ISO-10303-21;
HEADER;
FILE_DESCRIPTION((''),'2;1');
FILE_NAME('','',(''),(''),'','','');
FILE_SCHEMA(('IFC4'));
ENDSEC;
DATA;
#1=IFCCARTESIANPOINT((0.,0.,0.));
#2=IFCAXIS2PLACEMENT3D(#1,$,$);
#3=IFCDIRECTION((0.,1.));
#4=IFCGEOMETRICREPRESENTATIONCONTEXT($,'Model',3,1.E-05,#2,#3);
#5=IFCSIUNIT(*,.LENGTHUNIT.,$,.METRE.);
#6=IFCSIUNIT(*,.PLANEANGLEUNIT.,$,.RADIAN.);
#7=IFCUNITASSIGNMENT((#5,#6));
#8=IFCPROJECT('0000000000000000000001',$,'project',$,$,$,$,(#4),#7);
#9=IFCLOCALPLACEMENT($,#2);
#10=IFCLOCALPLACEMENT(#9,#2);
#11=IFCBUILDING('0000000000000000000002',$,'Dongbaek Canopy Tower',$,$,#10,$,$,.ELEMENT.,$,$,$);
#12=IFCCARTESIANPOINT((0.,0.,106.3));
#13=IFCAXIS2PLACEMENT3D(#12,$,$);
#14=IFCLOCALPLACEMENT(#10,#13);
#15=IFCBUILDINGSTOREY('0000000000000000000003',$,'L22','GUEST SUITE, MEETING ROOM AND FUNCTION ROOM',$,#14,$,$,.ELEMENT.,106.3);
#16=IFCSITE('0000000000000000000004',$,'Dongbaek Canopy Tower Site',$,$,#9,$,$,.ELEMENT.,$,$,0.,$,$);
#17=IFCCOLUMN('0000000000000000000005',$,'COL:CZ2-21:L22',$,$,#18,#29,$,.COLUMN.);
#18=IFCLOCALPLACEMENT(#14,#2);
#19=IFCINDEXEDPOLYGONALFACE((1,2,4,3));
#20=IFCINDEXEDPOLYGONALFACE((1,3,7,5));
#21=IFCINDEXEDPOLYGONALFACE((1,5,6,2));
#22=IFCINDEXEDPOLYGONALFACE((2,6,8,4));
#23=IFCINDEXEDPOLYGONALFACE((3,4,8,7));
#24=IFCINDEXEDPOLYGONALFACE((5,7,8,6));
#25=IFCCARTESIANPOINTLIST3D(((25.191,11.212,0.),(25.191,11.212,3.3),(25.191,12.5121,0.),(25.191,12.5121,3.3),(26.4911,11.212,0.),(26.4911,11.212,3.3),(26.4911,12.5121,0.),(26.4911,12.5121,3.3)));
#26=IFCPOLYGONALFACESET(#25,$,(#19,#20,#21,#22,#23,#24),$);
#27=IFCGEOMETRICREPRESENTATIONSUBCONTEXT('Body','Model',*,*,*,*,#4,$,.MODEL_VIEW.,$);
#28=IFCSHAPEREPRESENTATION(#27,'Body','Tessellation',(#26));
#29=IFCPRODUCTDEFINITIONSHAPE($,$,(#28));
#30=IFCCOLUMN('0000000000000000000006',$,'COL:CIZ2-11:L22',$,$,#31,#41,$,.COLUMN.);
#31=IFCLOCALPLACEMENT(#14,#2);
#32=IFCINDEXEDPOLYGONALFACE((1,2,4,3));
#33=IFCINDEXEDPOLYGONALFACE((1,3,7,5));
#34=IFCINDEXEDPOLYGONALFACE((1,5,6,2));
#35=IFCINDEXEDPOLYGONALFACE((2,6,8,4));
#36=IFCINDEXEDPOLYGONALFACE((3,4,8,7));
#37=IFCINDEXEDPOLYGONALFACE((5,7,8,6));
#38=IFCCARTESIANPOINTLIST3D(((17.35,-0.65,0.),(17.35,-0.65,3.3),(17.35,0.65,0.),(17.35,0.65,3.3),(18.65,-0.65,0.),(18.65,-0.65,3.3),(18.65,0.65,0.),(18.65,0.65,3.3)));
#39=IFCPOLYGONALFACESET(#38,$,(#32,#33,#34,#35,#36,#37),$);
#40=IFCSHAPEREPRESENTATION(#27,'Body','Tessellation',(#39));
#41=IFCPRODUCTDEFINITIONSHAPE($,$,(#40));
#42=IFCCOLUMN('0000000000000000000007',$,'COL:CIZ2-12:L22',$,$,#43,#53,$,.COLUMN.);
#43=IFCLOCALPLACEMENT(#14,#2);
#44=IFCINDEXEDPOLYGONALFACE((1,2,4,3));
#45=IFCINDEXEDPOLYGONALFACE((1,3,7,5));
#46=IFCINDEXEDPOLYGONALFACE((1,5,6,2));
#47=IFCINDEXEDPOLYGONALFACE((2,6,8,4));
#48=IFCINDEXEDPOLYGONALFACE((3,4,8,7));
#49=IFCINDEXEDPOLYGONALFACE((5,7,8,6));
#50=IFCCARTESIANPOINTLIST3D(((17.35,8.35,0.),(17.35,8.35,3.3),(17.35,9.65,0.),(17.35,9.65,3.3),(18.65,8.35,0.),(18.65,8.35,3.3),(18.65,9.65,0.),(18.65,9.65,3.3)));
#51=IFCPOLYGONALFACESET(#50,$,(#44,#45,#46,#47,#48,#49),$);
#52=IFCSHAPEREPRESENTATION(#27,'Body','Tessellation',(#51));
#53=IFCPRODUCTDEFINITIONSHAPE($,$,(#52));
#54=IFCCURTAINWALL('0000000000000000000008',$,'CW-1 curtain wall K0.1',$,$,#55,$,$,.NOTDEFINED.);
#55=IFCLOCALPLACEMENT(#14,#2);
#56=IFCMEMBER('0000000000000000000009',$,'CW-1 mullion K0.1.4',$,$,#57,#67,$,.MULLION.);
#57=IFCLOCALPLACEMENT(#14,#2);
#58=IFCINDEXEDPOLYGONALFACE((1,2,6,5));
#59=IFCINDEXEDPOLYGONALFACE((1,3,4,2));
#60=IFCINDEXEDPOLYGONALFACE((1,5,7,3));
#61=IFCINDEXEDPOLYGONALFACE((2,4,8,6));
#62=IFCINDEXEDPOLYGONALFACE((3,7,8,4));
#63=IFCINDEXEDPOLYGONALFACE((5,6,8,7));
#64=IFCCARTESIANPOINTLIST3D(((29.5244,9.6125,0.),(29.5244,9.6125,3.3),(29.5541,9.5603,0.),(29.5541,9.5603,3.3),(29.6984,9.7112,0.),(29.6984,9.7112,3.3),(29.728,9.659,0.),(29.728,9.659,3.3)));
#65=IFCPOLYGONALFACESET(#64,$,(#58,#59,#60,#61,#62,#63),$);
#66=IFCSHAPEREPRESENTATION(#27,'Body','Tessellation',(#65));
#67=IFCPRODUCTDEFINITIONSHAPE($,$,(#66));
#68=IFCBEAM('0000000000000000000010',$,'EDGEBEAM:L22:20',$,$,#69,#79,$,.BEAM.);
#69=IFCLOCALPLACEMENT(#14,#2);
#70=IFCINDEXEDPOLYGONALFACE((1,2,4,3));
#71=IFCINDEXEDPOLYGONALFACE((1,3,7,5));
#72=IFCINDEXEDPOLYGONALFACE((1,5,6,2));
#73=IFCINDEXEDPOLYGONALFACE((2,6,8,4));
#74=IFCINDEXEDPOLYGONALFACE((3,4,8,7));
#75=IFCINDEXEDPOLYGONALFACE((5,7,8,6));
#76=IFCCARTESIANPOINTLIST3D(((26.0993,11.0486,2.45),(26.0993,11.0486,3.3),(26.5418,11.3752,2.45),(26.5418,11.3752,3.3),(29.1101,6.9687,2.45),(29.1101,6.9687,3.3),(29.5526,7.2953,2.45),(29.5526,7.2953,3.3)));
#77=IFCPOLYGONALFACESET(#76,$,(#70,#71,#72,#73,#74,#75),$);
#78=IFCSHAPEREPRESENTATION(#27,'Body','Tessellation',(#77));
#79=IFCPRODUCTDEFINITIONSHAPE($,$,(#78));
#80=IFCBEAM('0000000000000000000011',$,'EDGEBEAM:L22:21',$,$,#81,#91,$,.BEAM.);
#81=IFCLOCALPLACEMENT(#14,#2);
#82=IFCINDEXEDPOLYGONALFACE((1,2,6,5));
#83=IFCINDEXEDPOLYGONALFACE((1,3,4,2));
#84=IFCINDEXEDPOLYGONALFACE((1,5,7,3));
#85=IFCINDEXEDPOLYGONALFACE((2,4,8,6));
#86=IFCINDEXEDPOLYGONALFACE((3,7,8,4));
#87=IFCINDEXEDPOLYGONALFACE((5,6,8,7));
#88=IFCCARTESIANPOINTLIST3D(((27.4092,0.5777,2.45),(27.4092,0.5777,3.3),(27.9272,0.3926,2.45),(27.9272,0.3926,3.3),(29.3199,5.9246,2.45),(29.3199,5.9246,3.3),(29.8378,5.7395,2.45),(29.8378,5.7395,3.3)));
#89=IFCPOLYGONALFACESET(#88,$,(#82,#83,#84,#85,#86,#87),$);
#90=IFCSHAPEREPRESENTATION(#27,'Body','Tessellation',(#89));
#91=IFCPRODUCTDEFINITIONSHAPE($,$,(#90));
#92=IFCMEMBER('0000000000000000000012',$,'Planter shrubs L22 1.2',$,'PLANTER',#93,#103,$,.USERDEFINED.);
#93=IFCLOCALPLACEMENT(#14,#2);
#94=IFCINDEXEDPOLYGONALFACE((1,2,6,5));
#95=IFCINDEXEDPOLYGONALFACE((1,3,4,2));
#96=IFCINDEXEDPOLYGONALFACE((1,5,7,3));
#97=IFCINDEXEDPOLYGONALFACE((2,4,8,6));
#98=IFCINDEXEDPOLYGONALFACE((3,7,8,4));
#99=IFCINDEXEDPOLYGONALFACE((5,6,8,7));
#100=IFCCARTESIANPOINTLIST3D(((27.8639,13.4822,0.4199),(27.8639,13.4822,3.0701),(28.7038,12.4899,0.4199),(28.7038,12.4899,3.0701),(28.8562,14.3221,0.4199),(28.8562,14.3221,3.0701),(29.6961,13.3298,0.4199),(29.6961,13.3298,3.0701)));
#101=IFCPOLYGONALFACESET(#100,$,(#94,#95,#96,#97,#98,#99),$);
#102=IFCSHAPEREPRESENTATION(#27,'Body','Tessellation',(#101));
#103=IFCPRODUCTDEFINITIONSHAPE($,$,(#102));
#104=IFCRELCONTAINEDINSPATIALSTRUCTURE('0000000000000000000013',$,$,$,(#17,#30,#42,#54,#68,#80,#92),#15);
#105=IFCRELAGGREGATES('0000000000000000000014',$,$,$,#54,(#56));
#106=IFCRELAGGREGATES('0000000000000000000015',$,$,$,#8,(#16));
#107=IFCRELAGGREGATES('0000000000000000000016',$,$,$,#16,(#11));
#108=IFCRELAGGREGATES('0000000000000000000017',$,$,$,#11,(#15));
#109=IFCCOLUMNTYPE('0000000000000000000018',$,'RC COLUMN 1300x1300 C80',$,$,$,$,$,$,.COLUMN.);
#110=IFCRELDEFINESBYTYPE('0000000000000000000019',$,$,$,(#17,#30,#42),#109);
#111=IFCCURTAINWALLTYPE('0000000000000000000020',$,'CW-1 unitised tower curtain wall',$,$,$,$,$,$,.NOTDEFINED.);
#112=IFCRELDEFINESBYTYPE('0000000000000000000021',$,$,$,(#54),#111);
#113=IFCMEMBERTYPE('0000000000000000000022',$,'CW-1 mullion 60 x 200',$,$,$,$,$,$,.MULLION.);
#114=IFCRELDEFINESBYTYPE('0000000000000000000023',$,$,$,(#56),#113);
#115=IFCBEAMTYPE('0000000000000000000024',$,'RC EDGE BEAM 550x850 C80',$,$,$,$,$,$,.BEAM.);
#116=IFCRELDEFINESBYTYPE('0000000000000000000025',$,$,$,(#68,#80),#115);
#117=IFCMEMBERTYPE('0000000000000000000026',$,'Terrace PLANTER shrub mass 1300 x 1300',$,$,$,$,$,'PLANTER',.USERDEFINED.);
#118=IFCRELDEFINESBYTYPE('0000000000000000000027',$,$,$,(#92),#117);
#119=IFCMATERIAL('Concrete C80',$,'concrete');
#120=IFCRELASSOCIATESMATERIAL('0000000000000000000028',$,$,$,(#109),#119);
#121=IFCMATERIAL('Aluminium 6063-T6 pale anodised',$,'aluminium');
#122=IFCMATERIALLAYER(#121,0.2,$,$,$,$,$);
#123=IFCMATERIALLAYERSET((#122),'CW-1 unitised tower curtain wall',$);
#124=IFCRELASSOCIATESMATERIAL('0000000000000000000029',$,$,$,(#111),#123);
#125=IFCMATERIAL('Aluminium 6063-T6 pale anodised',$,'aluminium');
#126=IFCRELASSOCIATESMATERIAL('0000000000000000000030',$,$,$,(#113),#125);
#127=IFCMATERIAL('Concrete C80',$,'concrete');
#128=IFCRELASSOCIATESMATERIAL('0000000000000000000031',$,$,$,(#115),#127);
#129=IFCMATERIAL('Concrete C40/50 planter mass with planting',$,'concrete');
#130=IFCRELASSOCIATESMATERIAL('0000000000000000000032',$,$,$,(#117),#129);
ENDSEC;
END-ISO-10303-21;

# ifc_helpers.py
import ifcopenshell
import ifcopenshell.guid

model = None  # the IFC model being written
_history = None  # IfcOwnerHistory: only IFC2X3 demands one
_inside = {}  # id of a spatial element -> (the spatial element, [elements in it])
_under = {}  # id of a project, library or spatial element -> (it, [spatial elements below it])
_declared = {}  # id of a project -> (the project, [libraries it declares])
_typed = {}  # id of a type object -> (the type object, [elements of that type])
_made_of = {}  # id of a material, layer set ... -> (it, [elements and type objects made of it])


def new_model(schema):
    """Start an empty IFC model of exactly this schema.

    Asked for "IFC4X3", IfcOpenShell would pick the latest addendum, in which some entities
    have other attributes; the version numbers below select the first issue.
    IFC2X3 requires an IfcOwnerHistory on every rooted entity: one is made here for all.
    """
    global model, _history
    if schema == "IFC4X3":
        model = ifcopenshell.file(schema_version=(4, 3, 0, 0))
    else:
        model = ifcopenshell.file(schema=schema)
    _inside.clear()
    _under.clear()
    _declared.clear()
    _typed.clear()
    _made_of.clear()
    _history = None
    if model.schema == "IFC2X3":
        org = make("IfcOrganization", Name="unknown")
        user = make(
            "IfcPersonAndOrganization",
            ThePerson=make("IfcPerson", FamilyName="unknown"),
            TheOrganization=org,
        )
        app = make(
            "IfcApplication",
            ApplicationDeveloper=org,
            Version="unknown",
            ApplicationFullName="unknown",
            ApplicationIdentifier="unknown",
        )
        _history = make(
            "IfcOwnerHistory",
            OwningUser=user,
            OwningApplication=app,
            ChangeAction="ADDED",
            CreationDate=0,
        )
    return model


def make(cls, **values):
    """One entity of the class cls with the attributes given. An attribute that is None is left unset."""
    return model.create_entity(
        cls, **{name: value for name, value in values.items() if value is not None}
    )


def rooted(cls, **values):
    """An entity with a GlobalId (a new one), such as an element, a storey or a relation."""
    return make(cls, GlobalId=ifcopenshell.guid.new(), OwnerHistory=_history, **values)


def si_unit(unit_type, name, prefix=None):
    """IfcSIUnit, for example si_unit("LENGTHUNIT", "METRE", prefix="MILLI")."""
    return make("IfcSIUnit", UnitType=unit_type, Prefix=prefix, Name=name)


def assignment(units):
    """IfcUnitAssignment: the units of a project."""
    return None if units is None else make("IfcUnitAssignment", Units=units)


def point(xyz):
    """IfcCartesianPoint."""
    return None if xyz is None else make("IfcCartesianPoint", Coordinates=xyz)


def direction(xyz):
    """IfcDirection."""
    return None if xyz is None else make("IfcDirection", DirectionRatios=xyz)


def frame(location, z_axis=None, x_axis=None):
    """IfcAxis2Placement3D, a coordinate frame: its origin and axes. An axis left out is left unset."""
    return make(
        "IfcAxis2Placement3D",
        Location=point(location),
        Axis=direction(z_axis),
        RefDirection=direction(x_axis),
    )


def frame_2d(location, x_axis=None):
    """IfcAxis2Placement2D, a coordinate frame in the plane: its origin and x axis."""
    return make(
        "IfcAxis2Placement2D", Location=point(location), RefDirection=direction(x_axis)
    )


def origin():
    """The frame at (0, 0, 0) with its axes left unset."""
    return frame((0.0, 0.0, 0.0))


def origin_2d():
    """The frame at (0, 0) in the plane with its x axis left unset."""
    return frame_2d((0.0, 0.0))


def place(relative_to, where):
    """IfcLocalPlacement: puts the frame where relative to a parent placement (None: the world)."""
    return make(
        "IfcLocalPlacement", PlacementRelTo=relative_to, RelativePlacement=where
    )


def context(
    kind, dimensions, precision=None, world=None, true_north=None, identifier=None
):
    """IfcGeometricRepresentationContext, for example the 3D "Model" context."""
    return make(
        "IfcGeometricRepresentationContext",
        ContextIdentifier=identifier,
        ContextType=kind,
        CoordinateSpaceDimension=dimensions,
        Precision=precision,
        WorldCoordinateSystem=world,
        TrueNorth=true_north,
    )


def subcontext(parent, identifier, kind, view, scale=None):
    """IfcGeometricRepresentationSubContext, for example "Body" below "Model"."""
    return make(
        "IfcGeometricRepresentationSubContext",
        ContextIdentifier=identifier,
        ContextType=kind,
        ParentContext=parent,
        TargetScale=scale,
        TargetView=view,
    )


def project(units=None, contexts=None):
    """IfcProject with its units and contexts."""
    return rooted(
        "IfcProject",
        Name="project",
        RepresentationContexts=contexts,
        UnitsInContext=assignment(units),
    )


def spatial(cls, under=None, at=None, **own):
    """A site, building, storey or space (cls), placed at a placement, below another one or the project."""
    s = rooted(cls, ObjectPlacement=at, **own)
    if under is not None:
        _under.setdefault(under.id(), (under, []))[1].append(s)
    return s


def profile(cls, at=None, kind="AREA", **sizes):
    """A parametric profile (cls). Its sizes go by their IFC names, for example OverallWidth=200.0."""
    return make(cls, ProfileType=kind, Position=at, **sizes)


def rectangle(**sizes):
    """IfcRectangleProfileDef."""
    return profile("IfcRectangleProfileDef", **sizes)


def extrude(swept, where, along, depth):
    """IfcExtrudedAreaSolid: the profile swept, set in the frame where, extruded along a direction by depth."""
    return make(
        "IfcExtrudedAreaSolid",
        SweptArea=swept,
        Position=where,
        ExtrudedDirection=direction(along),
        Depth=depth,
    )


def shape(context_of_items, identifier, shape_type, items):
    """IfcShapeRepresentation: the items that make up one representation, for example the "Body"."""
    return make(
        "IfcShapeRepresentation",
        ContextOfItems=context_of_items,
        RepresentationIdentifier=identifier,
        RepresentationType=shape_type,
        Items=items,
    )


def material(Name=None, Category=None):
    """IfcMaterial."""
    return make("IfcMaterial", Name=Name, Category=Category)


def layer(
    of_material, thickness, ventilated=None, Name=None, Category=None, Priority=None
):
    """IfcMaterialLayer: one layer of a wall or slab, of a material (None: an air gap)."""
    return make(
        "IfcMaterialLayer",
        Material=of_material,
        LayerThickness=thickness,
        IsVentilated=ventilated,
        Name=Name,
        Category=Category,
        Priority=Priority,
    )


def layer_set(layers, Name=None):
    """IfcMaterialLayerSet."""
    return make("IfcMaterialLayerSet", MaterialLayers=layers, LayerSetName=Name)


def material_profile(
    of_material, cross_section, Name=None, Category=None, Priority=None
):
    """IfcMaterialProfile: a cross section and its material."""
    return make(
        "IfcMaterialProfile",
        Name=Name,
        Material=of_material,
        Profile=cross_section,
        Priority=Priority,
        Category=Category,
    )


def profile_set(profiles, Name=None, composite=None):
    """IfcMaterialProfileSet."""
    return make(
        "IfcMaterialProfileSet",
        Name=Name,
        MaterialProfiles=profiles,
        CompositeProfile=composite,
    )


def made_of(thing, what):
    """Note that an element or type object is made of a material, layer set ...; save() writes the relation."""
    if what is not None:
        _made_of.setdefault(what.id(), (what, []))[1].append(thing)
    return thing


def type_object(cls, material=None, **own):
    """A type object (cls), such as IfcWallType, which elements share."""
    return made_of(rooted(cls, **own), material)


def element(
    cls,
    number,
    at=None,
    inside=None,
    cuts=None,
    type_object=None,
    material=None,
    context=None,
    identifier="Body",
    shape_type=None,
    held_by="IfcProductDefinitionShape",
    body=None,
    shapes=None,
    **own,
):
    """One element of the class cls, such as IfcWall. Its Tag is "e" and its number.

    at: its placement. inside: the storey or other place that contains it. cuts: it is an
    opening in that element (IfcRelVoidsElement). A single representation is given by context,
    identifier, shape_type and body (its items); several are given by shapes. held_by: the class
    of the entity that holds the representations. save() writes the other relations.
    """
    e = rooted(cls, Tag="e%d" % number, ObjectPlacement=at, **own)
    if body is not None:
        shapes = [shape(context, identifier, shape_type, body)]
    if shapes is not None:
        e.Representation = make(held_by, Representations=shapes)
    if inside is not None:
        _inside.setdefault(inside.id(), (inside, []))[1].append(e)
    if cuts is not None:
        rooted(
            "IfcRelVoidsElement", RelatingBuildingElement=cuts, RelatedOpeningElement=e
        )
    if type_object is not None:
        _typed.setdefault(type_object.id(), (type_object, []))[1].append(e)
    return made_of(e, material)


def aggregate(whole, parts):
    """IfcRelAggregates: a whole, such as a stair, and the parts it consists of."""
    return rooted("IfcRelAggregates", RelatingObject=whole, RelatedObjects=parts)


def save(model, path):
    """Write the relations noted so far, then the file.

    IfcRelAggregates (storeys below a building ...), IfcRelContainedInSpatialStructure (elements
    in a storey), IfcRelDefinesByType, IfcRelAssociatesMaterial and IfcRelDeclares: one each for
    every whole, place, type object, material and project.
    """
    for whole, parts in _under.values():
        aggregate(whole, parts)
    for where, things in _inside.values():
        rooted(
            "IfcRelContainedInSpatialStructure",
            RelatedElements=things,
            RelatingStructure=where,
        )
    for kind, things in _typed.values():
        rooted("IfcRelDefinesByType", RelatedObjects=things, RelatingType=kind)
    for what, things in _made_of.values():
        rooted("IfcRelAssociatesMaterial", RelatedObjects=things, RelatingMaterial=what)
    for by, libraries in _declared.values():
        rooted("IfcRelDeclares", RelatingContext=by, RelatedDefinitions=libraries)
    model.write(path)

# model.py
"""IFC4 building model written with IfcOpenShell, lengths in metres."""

from ifc_helpers import new_model, si_unit, direction, frame, origin, origin_2d, place, context, subcontext, project, spatial, rectangle, extrude, material, layer, layer_set, material_profile, profile_set, type_object, element, aggregate, save


model = new_model("IFC4")

# Units and contexts
model_context = context("Model", 3, precision=1e-05, world=origin(), true_north=direction((0.0, 1.0)))
body_context = subcontext(model_context, "Body", "Model", "MODEL_VIEW")
ifc_project = project(units=[si_unit("LENGTHUNIT", "METRE"), si_unit("PLANEANGLEUNIT", "RADIAN")], contexts=[model_context])

# Site, building, storey
site_placement = place(None, origin())
site = spatial("IfcSite", under=ifc_project, at=site_placement, Name="Dongbaek Canopy Tower Site", CompositionType="ELEMENT", RefElevation=0.0)
building_placement = place(site_placement, origin())
building = spatial("IfcBuilding", under=site, at=building_placement, Name="Dongbaek Canopy Tower", CompositionType="ELEMENT")
storey_placement = place(building_placement, frame((0.0, 0.0, 106.3)))
storey = spatial("IfcBuildingStorey", under=building, at=storey_placement, Name="L22", Description="GUEST SUITE, MEETING ROOM AND FUNCTION ROOM", CompositionType="ELEMENT", Elevation=106.3)

# Columns
ifc_material_1 = material(Name="Concrete C80", Category="concrete")
ifc_material_profile_1 = material_profile(ifc_material_1, rectangle(XDim=1.3, YDim=1.3, at=origin_2d()), Name="RC COLUMN 1300x1300 C80")
ifc_profile_set_1 = profile_set([ifc_material_profile_1], Name="Concrete C80")
column_type = type_object("IfcColumnType", Name="RC COLUMN 1300x1300 C80", PredefinedType="COLUMN", material=ifc_profile_set_1)
for number, where, z_axis, x_axis, name in (
    (1, (25.8411, 11.8621, 0.0), (0.0, 0.0, 1.0), (1.0, 0.0, 0.0), "COL:CZ2-21:L22"),
    (2, (18.0, 0.0, 0.0), (0.0, 0.0, 1.0), (1.0, 0.0, 0.0), "COL:CIZ2-11:L22"),
    (3, (18.0, 9.0, 0.0), (0.0, 0.0, 1.0), (1.0, 0.0, 0.0), "COL:CIZ2-12:L22"),
):
    element("IfcColumn", number, at=place(storey_placement, frame(where, z_axis=z_axis, x_axis=x_axis)), inside=storey, type_object=column_type, Name=name, PredefinedType="COLUMN", context=body_context, shape_type="SweptSolid", body=[
        extrude(rectangle(XDim=1.3, YDim=1.3, at=origin_2d()), origin(), (0.0, 0.0, 1.0), 3.3),
    ])

# Curtain wall, member
ifc_material_2 = material(Name="Aluminium 6063-T6 pale anodised", Category="aluminium")
ifc_layer_1 = layer(ifc_material_2, 0.2)
ifc_layer_set_1 = layer_set([ifc_layer_1], Name="CW-1 unitised tower curtain wall")
curtain_wall_type = type_object("IfcCurtainWallType", Name="CW-1 unitised tower curtain wall", PredefinedType="NOTDEFINED", material=ifc_layer_set_1)
curtain_wall_placement = place(storey_placement, origin())
curtain_wall = element("IfcCurtainWall", 4, at=curtain_wall_placement, inside=storey, type_object=curtain_wall_type, Name="CW-1 curtain wall K0.1", PredefinedType="NOTDEFINED")
ifc_material_3 = material(Name="Aluminium 6063-T6 pale anodised", Category="aluminium")
ifc_material_profile_2 = material_profile(ifc_material_3, rectangle(XDim=0.2, YDim=0.0601, at=origin_2d()), Name="CW-1 mullion 60 x 200")
ifc_profile_set_2 = profile_set([ifc_material_profile_2], Name="Aluminium 6063-T6 pale anodised")
member_type_1 = type_object("IfcMemberType", Name="CW-1 mullion 60 x 200", PredefinedType="MULLION", material=ifc_profile_set_2)
member_1_placement = place(storey_placement, frame((29.6262, 9.6357, 0.0), z_axis=(0.0, 0.0, 1.0), x_axis=(0.869724, 0.493539, 0.0)))
member_1 = element("IfcMember", 5, at=member_1_placement, type_object=member_type_1, Name="CW-1 mullion K0.1.4", PredefinedType="MULLION", context=body_context, shape_type="SweptSolid", body=[
    extrude(rectangle(XDim=0.2, YDim=0.0601, at=origin_2d()), origin(), (0.0, 0.0, 1.0), 3.3),
])
aggregate(curtain_wall, [member_1])

# Beams
ifc_material_4 = material(Name="Concrete C80", Category="concrete")
ifc_material_profile_3 = material_profile(ifc_material_4, rectangle(XDim=0.55, YDim=0.8501, at=origin_2d()), Name="RC EDGE BEAM 550x850 C80")
ifc_profile_set_3 = profile_set([ifc_material_profile_3], Name="Concrete C80")
beam_type = type_object("IfcBeamType", Name="RC EDGE BEAM 550x850 C80", PredefinedType="BEAM", material=ifc_profile_set_3)
beam_1_placement = place(storey_placement, frame((26.3206, 11.2119, 2.875), z_axis=(0.59378, -0.804627, 0.0), x_axis=(0.804627, 0.59378, 0.0)))
element("IfcBeam", 6, at=beam_1_placement, inside=storey, type_object=beam_type, Name="EDGEBEAM:L22:20", PredefinedType="BEAM", context=body_context, shape_type="SweptSolid", body=[
    extrude(rectangle(XDim=0.55, YDim=0.8501, at=origin_2d()), origin(), (0.0, 0.0, 1.0), 5.0706),
])
beam_2_placement = place(storey_placement, frame((29.5789, 5.832, 2.875), z_axis=(-0.336497, -0.941685, 0.0), x_axis=(0.941685, -0.336497, 0.0)))
element("IfcBeam", 7, at=beam_2_placement, inside=storey, type_object=beam_type, Name="EDGEBEAM:L22:21", PredefinedType="BEAM", context=body_context, shape_type="SweptSolid", body=[
    extrude(rectangle(XDim=0.55, YDim=0.8501, at=origin_2d()), origin(), (0.0, 0.0, 1.0), 5.678),
])

# Member
ifc_material_5 = material(Name="Concrete C40/50 planter mass with planting", Category="concrete")
ifc_material_profile_4 = material_profile(ifc_material_5, rectangle(XDim=1.3, YDim=1.3, at=origin_2d()), Name="Terrace PLANTER shrub mass 1300 x 1300")
ifc_profile_set_4 = profile_set([ifc_material_profile_4], Name="Concrete C40/50 planter mass with planting")
member_type_2 = type_object("IfcMemberType", Name="Terrace PLANTER shrub mass 1300 x 1300", ElementType="PLANTER", PredefinedType="USERDEFINED", material=ifc_profile_set_4)
member_2_placement = place(storey_placement, frame((28.78, 13.406, 0.4199), z_axis=(0.0, 0.0, 1.0), x_axis=(0.76329, 0.646056, 0.0)))
element("IfcMember", 8, at=member_2_placement, inside=storey, type_object=member_type_2, Name="Planter shrubs L22 1.2", ObjectType="PLANTER", PredefinedType="USERDEFINED", context=body_context, shape_type="SweptSolid", body=[
    extrude(rectangle(XDim=1.3, YDim=1.3, at=origin_2d()), origin(), (0.0, 0.0, 1.0), 2.6501),
])

save(model, "model.ifc")
